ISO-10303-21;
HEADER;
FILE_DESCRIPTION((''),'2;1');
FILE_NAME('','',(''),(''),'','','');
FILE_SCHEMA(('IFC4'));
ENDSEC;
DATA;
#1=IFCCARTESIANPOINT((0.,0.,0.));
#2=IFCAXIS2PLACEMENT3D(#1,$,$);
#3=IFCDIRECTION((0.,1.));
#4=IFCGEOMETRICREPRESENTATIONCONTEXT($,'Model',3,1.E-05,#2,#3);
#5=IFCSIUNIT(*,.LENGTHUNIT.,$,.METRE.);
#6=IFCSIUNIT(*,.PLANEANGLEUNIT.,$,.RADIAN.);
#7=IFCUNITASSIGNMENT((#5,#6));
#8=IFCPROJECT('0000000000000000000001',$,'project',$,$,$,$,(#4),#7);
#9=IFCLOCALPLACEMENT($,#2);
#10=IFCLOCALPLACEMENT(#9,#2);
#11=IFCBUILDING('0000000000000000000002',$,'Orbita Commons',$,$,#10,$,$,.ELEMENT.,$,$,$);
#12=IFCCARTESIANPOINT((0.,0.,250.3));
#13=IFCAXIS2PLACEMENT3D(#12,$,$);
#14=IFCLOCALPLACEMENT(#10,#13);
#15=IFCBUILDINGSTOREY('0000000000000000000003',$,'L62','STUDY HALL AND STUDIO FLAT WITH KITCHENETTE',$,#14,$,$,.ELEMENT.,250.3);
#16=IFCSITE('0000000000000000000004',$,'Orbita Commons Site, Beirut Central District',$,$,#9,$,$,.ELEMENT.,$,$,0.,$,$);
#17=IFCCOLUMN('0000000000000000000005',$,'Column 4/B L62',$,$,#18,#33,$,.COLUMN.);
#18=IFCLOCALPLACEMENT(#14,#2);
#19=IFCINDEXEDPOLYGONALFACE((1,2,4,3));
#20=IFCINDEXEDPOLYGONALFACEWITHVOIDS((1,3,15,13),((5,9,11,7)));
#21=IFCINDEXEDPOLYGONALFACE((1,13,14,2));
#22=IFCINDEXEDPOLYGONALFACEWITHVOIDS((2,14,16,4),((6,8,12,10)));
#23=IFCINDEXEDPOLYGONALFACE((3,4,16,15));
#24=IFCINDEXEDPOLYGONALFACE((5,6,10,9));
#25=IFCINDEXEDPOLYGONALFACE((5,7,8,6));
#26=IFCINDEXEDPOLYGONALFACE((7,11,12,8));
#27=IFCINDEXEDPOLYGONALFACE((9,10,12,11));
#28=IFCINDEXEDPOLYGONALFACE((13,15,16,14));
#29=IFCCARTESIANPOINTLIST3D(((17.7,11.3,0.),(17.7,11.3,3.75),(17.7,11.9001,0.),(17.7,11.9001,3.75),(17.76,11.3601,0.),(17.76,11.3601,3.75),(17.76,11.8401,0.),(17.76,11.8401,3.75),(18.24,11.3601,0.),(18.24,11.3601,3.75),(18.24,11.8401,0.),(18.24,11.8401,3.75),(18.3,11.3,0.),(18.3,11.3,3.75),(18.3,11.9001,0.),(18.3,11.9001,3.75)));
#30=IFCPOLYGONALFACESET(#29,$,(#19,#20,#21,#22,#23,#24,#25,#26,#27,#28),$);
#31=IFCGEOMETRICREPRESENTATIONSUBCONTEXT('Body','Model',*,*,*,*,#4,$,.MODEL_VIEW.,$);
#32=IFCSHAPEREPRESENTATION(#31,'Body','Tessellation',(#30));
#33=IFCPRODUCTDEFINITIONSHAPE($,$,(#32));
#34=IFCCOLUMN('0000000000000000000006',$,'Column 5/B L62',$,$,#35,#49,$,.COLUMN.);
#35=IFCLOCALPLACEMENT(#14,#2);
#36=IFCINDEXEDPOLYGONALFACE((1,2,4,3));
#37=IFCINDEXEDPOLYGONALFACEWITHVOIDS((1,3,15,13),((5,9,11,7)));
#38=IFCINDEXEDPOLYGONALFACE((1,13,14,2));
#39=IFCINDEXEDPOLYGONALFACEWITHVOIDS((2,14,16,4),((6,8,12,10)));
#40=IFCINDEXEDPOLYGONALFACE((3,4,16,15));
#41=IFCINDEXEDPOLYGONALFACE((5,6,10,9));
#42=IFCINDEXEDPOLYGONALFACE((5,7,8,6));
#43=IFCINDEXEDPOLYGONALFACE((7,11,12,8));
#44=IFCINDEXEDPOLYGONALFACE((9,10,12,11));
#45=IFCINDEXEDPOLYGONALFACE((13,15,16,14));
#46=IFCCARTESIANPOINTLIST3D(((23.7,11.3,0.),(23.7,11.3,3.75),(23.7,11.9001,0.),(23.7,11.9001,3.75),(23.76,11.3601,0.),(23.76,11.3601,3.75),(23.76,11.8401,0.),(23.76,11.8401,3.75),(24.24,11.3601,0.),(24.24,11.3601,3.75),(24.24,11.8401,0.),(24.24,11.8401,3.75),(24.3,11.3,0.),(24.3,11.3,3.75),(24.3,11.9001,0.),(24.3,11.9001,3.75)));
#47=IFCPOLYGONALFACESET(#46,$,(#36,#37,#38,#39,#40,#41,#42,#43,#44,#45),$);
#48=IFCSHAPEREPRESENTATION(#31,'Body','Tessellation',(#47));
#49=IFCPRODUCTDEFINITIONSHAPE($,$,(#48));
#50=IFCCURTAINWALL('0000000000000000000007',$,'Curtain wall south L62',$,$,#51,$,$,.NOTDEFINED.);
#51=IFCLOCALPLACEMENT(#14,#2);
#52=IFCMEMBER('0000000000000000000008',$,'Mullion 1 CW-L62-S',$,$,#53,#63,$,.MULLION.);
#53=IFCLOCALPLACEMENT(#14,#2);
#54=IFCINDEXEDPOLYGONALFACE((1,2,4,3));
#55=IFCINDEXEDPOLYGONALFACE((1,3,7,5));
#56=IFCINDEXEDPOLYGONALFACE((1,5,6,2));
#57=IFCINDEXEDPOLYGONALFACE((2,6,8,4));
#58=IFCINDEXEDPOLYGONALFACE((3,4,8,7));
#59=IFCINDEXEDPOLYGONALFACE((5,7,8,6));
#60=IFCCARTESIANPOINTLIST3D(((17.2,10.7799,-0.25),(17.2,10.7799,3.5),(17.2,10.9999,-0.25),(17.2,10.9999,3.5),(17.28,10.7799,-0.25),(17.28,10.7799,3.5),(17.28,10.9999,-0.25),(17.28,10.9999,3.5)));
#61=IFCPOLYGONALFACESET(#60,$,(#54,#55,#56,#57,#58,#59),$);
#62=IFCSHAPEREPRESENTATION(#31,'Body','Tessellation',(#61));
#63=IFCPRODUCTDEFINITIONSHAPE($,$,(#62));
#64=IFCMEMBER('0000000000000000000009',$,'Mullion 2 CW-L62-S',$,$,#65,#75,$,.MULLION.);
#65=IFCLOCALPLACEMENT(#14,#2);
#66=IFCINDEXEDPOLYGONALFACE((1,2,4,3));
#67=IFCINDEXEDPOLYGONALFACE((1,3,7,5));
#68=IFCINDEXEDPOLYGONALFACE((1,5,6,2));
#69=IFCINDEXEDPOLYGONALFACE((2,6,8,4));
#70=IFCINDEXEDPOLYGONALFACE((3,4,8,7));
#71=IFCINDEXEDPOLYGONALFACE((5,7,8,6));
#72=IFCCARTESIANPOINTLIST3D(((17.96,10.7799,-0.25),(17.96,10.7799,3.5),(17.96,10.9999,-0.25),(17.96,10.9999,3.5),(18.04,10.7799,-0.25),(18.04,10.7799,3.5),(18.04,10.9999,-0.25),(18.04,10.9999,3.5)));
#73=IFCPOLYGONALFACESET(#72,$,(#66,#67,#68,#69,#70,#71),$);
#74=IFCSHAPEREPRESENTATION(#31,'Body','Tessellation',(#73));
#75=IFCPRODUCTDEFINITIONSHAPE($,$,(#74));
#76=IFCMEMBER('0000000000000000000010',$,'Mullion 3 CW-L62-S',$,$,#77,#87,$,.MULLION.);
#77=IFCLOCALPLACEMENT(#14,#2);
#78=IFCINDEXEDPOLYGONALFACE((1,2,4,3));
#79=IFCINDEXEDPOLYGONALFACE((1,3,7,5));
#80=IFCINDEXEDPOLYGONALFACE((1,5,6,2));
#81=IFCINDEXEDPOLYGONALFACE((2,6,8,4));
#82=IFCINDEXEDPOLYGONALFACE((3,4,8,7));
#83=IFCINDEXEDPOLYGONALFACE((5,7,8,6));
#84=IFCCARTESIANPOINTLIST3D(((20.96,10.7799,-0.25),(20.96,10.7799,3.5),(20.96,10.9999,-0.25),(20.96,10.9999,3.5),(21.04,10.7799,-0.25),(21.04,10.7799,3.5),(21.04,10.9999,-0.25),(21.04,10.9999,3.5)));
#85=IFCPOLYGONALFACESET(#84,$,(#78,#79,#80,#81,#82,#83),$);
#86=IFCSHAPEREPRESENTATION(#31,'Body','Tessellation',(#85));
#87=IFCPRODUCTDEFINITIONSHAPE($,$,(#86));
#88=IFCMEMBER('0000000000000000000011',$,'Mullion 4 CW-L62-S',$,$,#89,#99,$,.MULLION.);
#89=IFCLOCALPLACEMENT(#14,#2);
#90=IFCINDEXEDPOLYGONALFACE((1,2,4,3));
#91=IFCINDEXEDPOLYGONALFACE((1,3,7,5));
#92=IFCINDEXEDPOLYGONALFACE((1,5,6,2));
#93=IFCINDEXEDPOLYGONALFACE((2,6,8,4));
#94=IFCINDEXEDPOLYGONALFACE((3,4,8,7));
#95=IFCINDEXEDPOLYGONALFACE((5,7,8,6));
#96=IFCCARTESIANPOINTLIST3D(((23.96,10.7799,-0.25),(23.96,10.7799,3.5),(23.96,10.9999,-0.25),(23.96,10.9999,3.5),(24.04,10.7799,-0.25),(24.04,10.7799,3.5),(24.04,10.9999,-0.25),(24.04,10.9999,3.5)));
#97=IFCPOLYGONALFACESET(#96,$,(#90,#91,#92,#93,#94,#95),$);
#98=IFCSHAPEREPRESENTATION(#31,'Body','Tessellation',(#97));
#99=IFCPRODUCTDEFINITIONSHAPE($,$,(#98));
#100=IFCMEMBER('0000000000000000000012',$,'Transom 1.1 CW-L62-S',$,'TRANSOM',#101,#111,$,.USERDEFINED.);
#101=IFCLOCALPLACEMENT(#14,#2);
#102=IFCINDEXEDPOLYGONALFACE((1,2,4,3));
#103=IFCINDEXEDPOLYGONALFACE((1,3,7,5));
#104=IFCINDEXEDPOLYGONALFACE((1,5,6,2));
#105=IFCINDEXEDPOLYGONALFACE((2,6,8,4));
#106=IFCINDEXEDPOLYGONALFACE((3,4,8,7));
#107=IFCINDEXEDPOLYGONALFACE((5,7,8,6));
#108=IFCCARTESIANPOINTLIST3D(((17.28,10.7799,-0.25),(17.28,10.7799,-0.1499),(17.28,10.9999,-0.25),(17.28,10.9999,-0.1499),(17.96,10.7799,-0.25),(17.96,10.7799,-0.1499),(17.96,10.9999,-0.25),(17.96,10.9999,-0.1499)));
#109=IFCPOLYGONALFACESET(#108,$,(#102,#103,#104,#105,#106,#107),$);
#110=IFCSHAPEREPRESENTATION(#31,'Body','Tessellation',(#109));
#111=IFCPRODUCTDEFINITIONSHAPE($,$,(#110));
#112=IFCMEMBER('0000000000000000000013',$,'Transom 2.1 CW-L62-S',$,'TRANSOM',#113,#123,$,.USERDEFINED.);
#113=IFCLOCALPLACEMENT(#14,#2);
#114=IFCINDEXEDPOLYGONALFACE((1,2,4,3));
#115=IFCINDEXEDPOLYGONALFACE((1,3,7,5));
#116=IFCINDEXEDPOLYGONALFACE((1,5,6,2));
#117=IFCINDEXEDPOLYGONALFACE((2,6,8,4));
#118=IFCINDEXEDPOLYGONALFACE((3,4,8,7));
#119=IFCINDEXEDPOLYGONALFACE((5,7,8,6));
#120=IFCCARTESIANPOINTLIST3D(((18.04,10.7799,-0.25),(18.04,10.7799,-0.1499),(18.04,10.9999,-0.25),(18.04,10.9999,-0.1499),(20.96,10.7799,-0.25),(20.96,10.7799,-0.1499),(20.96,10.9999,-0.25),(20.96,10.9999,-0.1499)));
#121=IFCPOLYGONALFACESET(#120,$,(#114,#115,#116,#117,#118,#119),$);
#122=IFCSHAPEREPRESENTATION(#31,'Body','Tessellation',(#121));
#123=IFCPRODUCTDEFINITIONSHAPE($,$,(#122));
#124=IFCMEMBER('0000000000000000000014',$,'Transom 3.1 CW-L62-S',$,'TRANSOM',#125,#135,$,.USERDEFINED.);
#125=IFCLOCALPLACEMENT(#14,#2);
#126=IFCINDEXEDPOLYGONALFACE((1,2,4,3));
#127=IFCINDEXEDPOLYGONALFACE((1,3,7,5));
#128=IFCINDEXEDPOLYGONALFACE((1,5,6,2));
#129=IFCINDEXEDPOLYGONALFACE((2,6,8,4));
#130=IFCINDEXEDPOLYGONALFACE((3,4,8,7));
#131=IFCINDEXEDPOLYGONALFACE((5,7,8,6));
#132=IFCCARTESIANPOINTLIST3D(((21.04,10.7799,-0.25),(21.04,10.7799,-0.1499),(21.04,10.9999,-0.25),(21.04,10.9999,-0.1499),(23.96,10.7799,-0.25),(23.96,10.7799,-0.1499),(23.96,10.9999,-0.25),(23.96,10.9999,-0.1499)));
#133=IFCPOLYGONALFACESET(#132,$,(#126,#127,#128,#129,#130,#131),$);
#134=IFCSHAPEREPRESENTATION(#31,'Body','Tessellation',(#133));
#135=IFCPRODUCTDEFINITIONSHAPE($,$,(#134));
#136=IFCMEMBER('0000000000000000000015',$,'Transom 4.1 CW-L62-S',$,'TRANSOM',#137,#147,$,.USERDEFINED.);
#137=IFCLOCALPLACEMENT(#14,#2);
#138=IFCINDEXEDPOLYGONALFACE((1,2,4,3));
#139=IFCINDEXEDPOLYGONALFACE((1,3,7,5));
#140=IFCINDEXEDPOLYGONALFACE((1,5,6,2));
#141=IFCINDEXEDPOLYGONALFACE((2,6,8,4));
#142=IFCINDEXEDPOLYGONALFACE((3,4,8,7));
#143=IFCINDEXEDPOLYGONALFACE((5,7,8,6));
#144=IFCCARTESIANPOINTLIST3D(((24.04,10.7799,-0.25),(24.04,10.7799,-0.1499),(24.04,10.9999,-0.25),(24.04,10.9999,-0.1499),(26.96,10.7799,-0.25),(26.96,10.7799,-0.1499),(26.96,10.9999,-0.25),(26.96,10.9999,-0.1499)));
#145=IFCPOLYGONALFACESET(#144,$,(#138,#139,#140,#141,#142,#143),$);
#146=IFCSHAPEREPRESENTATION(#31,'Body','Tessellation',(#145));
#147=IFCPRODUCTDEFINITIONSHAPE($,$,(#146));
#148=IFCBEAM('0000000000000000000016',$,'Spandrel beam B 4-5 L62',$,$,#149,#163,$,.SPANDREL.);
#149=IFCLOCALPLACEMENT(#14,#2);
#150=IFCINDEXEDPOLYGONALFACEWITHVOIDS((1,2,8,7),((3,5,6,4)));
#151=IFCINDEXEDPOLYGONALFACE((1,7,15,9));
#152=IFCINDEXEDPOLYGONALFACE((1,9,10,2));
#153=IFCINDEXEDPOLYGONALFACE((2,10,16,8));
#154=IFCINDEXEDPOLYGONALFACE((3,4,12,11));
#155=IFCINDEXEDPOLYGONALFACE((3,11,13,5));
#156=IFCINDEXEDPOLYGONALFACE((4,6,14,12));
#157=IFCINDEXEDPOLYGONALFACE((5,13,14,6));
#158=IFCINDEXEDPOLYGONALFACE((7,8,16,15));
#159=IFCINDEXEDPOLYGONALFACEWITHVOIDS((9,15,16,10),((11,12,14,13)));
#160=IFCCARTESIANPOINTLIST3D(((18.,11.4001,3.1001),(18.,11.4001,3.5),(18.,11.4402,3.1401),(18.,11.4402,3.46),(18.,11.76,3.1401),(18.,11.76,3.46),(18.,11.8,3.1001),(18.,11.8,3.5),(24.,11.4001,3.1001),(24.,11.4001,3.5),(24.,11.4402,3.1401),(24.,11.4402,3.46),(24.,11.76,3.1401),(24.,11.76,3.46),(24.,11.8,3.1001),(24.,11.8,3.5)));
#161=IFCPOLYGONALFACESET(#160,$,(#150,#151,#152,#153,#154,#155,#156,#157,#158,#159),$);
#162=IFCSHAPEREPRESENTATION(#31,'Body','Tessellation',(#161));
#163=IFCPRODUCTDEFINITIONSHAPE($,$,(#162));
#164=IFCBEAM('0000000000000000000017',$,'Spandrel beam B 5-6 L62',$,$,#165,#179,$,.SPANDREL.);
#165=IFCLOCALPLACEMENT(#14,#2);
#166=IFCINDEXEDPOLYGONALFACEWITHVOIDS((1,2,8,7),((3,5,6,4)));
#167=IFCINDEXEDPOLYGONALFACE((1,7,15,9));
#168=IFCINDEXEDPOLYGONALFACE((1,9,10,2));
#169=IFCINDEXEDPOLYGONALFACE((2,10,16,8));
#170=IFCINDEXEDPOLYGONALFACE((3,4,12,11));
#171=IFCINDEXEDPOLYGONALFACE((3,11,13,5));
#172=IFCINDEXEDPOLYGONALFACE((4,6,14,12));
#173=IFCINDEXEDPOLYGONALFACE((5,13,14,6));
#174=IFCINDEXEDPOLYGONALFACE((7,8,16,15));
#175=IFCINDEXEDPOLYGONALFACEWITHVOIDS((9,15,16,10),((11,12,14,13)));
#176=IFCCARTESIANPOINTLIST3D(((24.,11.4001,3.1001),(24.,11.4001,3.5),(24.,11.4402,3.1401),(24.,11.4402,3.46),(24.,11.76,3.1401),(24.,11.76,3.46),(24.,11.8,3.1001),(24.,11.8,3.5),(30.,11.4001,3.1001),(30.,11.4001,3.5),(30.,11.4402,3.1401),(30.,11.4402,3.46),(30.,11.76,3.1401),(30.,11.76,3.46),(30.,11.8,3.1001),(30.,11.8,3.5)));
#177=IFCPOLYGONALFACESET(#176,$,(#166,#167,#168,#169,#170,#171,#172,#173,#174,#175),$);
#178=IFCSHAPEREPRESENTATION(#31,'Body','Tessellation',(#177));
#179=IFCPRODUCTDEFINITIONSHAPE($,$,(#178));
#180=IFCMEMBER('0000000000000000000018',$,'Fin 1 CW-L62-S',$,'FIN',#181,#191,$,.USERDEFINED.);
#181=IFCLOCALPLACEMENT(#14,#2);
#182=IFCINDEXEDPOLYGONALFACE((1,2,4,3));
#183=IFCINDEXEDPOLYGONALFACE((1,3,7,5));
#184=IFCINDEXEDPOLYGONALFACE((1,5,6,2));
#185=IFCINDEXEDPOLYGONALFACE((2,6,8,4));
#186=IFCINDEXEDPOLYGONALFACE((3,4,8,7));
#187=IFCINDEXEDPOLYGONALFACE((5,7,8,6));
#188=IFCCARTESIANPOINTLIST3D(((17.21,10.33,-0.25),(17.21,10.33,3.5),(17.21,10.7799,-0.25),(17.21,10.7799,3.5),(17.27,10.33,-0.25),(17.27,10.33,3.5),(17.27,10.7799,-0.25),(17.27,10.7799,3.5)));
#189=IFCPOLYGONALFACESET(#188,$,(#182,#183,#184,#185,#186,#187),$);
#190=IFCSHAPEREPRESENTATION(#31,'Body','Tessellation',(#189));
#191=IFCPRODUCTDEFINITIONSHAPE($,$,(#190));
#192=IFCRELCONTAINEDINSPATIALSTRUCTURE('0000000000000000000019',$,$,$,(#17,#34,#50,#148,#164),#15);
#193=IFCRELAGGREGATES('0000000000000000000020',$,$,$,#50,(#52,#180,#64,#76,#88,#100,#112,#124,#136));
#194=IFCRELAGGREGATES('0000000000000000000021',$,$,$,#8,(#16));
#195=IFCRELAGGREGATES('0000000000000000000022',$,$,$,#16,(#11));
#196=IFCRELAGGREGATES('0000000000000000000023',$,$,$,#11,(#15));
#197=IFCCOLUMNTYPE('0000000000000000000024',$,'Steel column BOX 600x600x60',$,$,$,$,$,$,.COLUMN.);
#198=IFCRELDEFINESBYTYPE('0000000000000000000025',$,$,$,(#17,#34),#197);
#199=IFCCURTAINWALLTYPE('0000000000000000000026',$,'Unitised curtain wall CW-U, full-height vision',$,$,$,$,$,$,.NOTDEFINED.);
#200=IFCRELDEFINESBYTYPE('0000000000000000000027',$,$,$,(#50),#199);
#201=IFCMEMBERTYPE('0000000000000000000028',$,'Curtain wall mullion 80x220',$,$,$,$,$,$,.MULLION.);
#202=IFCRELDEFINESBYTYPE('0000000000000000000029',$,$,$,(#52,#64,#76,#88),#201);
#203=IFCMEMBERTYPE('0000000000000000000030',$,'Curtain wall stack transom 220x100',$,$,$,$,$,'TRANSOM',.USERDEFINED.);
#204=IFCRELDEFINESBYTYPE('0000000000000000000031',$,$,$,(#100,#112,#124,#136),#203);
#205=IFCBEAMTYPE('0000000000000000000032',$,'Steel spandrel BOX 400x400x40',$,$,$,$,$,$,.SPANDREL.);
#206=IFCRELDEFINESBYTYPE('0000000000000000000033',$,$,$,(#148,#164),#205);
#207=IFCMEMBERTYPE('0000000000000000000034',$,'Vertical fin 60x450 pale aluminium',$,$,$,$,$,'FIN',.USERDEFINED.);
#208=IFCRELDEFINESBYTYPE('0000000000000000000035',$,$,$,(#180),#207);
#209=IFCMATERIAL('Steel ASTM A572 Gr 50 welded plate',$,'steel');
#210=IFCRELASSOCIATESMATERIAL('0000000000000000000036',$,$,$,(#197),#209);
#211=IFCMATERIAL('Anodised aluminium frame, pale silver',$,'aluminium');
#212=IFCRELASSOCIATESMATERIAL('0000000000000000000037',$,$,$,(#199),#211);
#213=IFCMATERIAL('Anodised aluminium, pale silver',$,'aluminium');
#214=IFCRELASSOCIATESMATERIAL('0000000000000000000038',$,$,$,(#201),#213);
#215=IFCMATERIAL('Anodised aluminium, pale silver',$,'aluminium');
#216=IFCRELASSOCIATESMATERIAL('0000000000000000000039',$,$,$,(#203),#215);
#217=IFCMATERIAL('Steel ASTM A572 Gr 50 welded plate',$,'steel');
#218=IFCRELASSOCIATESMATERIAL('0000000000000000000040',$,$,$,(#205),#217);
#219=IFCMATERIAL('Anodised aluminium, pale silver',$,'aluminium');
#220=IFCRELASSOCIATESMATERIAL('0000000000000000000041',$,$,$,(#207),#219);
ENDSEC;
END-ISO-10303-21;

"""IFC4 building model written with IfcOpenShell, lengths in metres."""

from ifc_helpers import new_model, si_unit, direction, frame, origin, origin_2d, place, context, subcontext, project, spatial, rectangle, hollow_rectangle, extrude, material, material_profile, profile_set, type_object, element, aggregate, save


model = new_model("IFC4")

# Units and contexts
model_context = context("Model", 3, precision=1e-05, world=origin(), true_north=direction((0.0, 1.0)))
body_context = subcontext(model_context, "Body", "Model", "MODEL_VIEW")
ifc_project = project(units=[si_unit("LENGTHUNIT", "METRE"), si_unit("PLANEANGLEUNIT", "RADIAN")], contexts=[model_context])

# Site, building, storey
site_placement = place(None, origin())
site = spatial("IfcSite", under=ifc_project, at=site_placement, Name="Orbita Commons Site, Beirut Central District", CompositionType="ELEMENT", RefElevation=0.0)
building_placement = place(site_placement, origin())
building = spatial("IfcBuilding", under=site, at=building_placement, Name="Orbita Commons", CompositionType="ELEMENT")
storey_placement = place(building_placement, frame((0.0, 0.0, 250.3)))
storey = spatial("IfcBuildingStorey", under=building, at=storey_placement, Name="L62", Description="STUDY HALL AND STUDIO FLAT WITH KITCHENETTE", CompositionType="ELEMENT", Elevation=250.3)

# Columns
ifc_material_1 = material(Name="Steel ASTM A572 Gr 50 welded plate", Category="steel")
ifc_material_profile_1 = material_profile(ifc_material_1, hollow_rectangle(XDim=0.6001, YDim=0.6001, WallThickness=0.0601, at=origin_2d()), Name="BOX 600x600x60")
ifc_profile_set_1 = profile_set([ifc_material_profile_1], Name="Steel ASTM A572 Gr 50 welded plate")
column_type = type_object("IfcColumnType", Name="Steel column BOX 600x600x60", PredefinedType="COLUMN", material=ifc_profile_set_1)
for number, where, z_axis, x_axis, name in (
    (1, (18.0, 11.6001, 0.0), (0.0, 0.0, 1.0), (1.0, 0.0, 0.0), "Column 4/B L62"),
    (2, (24.0, 11.6001, 0.0), (0.0, 0.0, 1.0), (1.0, 0.0, 0.0), "Column 5/B L62"),
):
    element("IfcColumn", number, at=place(storey_placement, frame(where, z_axis=z_axis, x_axis=x_axis)), inside=storey, type_object=column_type, Name=name, PredefinedType="COLUMN", context=body_context, shape_type="SweptSolid", body=[
        extrude(hollow_rectangle(XDim=0.6001, YDim=0.6001, WallThickness=0.0601, at=origin_2d()), origin(), (0.0, 0.0, 1.0), 3.75),
    ])

# Curtain wall, members
ifc_material_2 = material(Name="Anodised aluminium frame, pale silver", Category="aluminium")
curtain_wall_type = type_object("IfcCurtainWallType", Name="Unitised curtain wall CW-U, full-height vision", PredefinedType="NOTDEFINED", material=ifc_material_2)
curtain_wall_placement = place(storey_placement, origin())
curtain_wall = element("IfcCurtainWall", 3, at=curtain_wall_placement, inside=storey, type_object=curtain_wall_type, Name="Curtain wall south L62", PredefinedType="NOTDEFINED")
ifc_material_3 = material(Name="Anodised aluminium, pale silver", Category="aluminium")
ifc_material_profile_2 = material_profile(ifc_material_3, rectangle(XDim=0.0801, YDim=0.22, at=origin_2d()), Name="AL 80x220")
ifc_profile_set_2 = profile_set([ifc_material_profile_2], Name="Anodised aluminium, pale silver")
member_type_1 = type_object("IfcMemberType", Name="Curtain wall mullion 80x220", PredefinedType="MULLION", material=ifc_profile_set_2)
member_1_placement = place(storey_placement, frame((17.24, 10.8899, -0.25), z_axis=(0.0, 0.0, 1.0), x_axis=(1.0, 0.0, 0.0)))
member_1 = element("IfcMember", 4, at=member_1_placement, type_object=member_type_1, Name="Mullion 1 CW-L62-S", PredefinedType="MULLION", context=body_context, shape_type="SweptSolid", body=[
    extrude(rectangle(XDim=0.0801, YDim=0.22, at=origin_2d()), origin(), (0.0, 0.0, 1.0), 3.75),
])
member_2_placement = place(storey_placement, frame((18.0, 10.8899, -0.25), z_axis=(0.0, 0.0, 1.0), x_axis=(1.0, 0.0, 0.0)))
member_2 = element("IfcMember", 5, at=member_2_placement, type_object=member_type_1, Name="Mullion 2 CW-L62-S", PredefinedType="MULLION", context=body_context, shape_type="SweptSolid", body=[
    extrude(rectangle(XDim=0.0801, YDim=0.22, at=origin_2d()), origin(), (0.0, 0.0, 1.0), 3.75),
])
member_3_placement = place(storey_placement, frame((21.0, 10.8899, -0.25), z_axis=(0.0, 0.0, 1.0), x_axis=(1.0, 0.0, 0.0)))
member_3 = element("IfcMember", 6, at=member_3_placement, type_object=member_type_1, Name="Mullion 3 CW-L62-S", PredefinedType="MULLION", context=body_context, shape_type="SweptSolid", body=[
    extrude(rectangle(XDim=0.0801, YDim=0.22, at=origin_2d()), origin(), (0.0, 0.0, 1.0), 3.75),
])
member_4_placement = place(storey_placement, frame((24.0, 10.8899, -0.25), z_axis=(0.0, 0.0, 1.0), x_axis=(1.0, 0.0, 0.0)))
member_4 = element("IfcMember", 7, at=member_4_placement, type_object=member_type_1, Name="Mullion 4 CW-L62-S", PredefinedType="MULLION", context=body_context, shape_type="SweptSolid", body=[
    extrude(rectangle(XDim=0.0801, YDim=0.22, at=origin_2d()), origin(), (0.0, 0.0, 1.0), 3.75),
])
ifc_material_4 = material(Name="Anodised aluminium, pale silver", Category="aluminium")
ifc_material_profile_3 = material_profile(ifc_material_4, rectangle(XDim=0.22, YDim=0.1001, at=origin_2d()), Name="AL 220x100")
ifc_profile_set_3 = profile_set([ifc_material_profile_3], Name="Anodised aluminium, pale silver")
member_type_2 = type_object("IfcMemberType", Name="Curtain wall stack transom 220x100", ElementType="TRANSOM", PredefinedType="USERDEFINED", material=ifc_profile_set_3)
member_5_placement = place(storey_placement, frame((17.28, 10.8899, -0.2), z_axis=(1.0, 0.0, 0.0), x_axis=(0.0, 1.0, 0.0)))
member_5 = element("IfcMember", 8, at=member_5_placement, type_object=member_type_2, Name="Transom 1.1 CW-L62-S", ObjectType="TRANSOM", PredefinedType="USERDEFINED", context=body_context, shape_type="SweptSolid", body=[
    extrude(rectangle(XDim=0.22, YDim=0.1001, at=origin_2d()), origin(), (0.0, 0.0, 1.0), 0.6799),
])
member_6_placement = place(storey_placement, frame((18.04, 10.8899, -0.2), z_axis=(1.0, 0.0, 0.0), x_axis=(0.0, 1.0, 0.0)))
member_6 = element("IfcMember", 9, at=member_6_placement, type_object=member_type_2, Name="Transom 2.1 CW-L62-S", ObjectType="TRANSOM", PredefinedType="USERDEFINED", context=body_context, shape_type="SweptSolid", body=[
    extrude(rectangle(XDim=0.22, YDim=0.1001, at=origin_2d()), origin(), (0.0, 0.0, 1.0), 2.9199),
])
member_7_placement = place(storey_placement, frame((21.04, 10.8899, -0.2), z_axis=(1.0, 0.0, 0.0), x_axis=(0.0, 1.0, 0.0)))
member_7 = element("IfcMember", 10, at=member_7_placement, type_object=member_type_2, Name="Transom 3.1 CW-L62-S", ObjectType="TRANSOM", PredefinedType="USERDEFINED", context=body_context, shape_type="SweptSolid", body=[
    extrude(rectangle(XDim=0.22, YDim=0.1001, at=origin_2d()), origin(), (0.0, 0.0, 1.0), 2.9199),
])
member_8_placement = place(storey_placement, frame((24.04, 10.8899, -0.2), z_axis=(1.0, 0.0, 0.0), x_axis=(0.0, 1.0, 0.0)))
member_8 = element("IfcMember", 11, at=member_8_placement, type_object=member_type_2, Name="Transom 4.1 CW-L62-S", ObjectType="TRANSOM", PredefinedType="USERDEFINED", context=body_context, shape_type="SweptSolid", body=[
    extrude(rectangle(XDim=0.22, YDim=0.1001, at=origin_2d()), origin(), (0.0, 0.0, 1.0), 2.9199),
])

# Beams
ifc_material_5 = material(Name="Steel ASTM A572 Gr 50 welded plate", Category="steel")
ifc_material_profile_4 = material_profile(ifc_material_5, hollow_rectangle(XDim=0.3999, YDim=0.3999, WallThickness=0.04, at=origin_2d()), Name="BOX 400x400x40")
ifc_profile_set_4 = profile_set([ifc_material_profile_4], Name="Steel ASTM A572 Gr 50 welded plate")
beam_type = type_object("IfcBeamType", Name="Steel spandrel BOX 400x400x40", PredefinedType="SPANDREL", material=ifc_profile_set_4)
for number, where, z_axis, x_axis, name in (
    (12, (18.0, 11.6001, 3.3), (1.0, 0.0, 0.0), (0.0, 1.0, 0.0), "Spandrel beam B 4-5 L62"),
    (13, (24.0, 11.6001, 3.3), (1.0, 0.0, 0.0), (0.0, 1.0, 0.0), "Spandrel beam B 5-6 L62"),
):
    element("IfcBeam", number, at=place(storey_placement, frame(where, z_axis=z_axis, x_axis=x_axis)), inside=storey, type_object=beam_type, Name=name, PredefinedType="SPANDREL", context=body_context, shape_type="SweptSolid", body=[
        extrude(hollow_rectangle(XDim=0.3999, YDim=0.3999, WallThickness=0.04, at=origin_2d()), origin(), (0.0, 0.0, 1.0), 6.0),
    ])

# Member
ifc_material_6 = material(Name="Anodised aluminium, pale silver", Category="aluminium")
ifc_material_profile_5 = material_profile(ifc_material_6, rectangle(XDim=0.0601, YDim=0.45, at=origin_2d()), Name="FIN 60x450")
ifc_profile_set_5 = profile_set([ifc_material_profile_5], Name="Anodised aluminium, pale silver")
member_type_3 = type_object("IfcMemberType", Name="Vertical fin 60x450 pale aluminium", ElementType="FIN", PredefinedType="USERDEFINED", material=ifc_profile_set_5)
member_9_placement = place(storey_placement, frame((17.24, 10.5549, -0.25), z_axis=(0.0, 0.0, 1.0), x_axis=(1.0, 0.0, 0.0)))
member_9 = element("IfcMember", 14, at=member_9_placement, type_object=member_type_3, Name="Fin 1 CW-L62-S", ObjectType="FIN", PredefinedType="USERDEFINED", context=body_context, shape_type="SweptSolid", body=[
    extrude(rectangle(XDim=0.0601, YDim=0.45, at=origin_2d()), origin(), (0.0, 0.0, 1.0), 3.75),
])

aggregate(curtain_wall, [member_1, member_9, member_2, member_3, member_4, member_5, member_6, member_7, member_8])

save(model, "model.ifc")
